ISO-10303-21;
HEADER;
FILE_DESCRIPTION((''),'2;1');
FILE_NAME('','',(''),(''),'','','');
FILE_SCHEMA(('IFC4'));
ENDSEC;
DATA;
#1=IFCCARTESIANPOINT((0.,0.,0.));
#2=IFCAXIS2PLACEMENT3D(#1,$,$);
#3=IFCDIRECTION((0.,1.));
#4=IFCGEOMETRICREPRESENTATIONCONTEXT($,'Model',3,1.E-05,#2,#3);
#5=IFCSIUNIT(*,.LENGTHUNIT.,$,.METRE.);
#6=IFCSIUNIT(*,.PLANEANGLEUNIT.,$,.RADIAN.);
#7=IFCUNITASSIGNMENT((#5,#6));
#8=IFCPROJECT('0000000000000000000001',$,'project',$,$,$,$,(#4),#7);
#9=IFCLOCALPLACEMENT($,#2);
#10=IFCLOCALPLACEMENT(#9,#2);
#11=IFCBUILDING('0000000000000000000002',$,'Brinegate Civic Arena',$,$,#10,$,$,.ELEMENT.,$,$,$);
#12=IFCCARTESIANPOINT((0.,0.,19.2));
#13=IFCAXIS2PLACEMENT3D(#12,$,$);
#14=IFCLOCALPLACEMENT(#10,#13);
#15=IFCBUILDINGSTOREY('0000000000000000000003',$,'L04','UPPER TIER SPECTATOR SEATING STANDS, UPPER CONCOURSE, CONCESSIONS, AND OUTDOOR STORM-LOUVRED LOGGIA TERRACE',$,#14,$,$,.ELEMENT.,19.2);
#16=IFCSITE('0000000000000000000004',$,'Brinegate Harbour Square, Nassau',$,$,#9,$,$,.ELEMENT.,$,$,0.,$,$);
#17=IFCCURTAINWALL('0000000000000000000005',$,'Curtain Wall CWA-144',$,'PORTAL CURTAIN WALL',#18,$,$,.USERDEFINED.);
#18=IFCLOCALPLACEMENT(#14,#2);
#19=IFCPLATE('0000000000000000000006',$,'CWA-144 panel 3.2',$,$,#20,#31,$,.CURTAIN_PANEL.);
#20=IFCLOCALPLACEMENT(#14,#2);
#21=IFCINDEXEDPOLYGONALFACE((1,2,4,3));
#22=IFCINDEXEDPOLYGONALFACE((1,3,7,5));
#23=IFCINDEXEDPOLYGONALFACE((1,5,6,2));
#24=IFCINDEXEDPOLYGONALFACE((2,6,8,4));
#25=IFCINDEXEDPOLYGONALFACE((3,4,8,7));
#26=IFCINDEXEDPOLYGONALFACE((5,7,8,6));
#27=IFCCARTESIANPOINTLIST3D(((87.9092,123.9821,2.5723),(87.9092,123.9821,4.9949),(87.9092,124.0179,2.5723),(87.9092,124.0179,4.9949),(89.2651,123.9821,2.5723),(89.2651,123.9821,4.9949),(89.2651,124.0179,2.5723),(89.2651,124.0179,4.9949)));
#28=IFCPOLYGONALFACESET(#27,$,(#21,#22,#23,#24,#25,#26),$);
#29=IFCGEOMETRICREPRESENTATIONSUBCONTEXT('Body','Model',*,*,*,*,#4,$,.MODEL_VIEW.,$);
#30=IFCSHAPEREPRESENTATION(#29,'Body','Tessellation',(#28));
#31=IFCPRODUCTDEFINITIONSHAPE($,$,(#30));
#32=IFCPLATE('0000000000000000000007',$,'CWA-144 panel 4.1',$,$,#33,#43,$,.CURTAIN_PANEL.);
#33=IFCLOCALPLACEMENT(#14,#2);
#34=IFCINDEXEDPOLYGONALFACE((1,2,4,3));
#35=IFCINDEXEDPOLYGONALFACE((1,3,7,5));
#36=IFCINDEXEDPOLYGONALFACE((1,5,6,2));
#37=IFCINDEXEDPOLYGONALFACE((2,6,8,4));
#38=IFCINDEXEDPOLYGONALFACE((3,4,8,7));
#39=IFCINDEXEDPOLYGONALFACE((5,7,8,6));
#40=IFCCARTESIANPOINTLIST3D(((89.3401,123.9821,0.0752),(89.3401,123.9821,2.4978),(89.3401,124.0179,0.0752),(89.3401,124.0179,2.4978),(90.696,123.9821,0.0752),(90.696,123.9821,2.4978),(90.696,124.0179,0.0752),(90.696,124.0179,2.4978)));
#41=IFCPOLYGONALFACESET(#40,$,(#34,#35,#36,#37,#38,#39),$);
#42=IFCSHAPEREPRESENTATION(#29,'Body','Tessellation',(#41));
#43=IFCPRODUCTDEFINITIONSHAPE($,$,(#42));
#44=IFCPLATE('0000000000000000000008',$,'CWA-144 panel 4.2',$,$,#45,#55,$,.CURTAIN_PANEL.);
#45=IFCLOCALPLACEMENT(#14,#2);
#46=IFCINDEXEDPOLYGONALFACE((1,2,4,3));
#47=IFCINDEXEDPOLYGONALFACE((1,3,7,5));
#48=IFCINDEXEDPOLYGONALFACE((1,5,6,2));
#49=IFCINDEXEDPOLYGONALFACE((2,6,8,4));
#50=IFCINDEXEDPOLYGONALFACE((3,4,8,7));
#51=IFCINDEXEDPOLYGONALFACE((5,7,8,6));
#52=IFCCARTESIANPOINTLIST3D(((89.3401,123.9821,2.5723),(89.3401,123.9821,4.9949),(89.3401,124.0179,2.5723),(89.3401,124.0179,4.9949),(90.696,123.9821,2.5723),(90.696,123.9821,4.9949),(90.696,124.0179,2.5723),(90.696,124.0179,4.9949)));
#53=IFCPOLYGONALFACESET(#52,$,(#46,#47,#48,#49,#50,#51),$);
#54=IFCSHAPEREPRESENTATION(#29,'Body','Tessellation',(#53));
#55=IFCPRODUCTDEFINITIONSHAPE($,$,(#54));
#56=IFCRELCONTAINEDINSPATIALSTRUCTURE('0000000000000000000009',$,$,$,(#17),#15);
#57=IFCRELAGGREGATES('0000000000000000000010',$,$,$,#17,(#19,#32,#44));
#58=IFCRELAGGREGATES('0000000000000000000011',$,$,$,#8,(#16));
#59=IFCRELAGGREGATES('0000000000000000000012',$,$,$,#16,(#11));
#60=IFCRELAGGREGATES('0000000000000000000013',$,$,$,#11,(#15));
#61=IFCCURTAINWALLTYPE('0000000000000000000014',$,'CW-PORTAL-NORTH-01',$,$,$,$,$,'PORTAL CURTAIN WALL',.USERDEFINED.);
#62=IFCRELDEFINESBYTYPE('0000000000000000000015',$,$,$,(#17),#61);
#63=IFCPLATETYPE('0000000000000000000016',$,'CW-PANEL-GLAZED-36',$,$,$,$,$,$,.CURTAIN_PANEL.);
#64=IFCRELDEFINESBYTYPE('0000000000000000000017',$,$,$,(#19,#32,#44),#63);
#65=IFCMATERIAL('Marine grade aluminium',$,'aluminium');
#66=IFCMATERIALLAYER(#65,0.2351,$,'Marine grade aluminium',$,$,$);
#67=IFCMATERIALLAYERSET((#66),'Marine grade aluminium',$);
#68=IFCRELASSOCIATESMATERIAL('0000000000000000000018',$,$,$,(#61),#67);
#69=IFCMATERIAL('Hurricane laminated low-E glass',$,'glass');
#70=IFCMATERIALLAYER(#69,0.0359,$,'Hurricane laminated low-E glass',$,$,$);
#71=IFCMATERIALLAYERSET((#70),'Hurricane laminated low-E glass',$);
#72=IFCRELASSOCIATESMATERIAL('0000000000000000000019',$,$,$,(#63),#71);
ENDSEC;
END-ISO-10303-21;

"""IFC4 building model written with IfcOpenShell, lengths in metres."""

from ifc_helpers import new_model, si_unit, direction, frame, origin, origin_2d, place, context, subcontext, project, spatial, rectangle, extrude, material, layer, layer_set, type_object, element, aggregate, save


model = new_model("IFC4")

# Units and contexts
model_context = context("Model", 3, precision=1e-05, world=origin(), true_north=direction((0.0, 1.0)))
body_context = subcontext(model_context, "Body", "Model", "MODEL_VIEW")
ifc_project = project(units=[si_unit("LENGTHUNIT", "METRE"), si_unit("PLANEANGLEUNIT", "RADIAN")], contexts=[model_context])

# Site, building, storey
site_placement = place(None, origin())
site = spatial("IfcSite", under=ifc_project, at=site_placement, Name="Brinegate Harbour Square, Nassau", CompositionType="ELEMENT", RefElevation=0.0)
building_placement = place(site_placement, origin())
building = spatial("IfcBuilding", under=site, at=building_placement, Name="Brinegate Civic Arena", CompositionType="ELEMENT")
storey_placement = place(building_placement, frame((0.0, 0.0, 19.2)))
storey = spatial("IfcBuildingStorey", under=building, at=storey_placement, Name="L04", Description="UPPER TIER SPECTATOR SEATING STANDS, UPPER CONCOURSE, CONCESSIONS, AND OUTDOOR STORM-LOUVRED LOGGIA TERRACE", CompositionType="ELEMENT", Elevation=19.2)

# Curtain wall, plates
ifc_material_1 = material(Name="Marine grade aluminium", Category="aluminium")
ifc_layer_1 = layer(ifc_material_1, 0.2351, Name="Marine grade aluminium")
ifc_layer_set_1 = layer_set([ifc_layer_1], Name="Marine grade aluminium")
curtain_wall_type = type_object("IfcCurtainWallType", Name="CW-PORTAL-NORTH-01", ElementType="PORTAL CURTAIN WALL", PredefinedType="USERDEFINED", material=ifc_layer_set_1)
curtain_wall_placement = place(storey_placement, origin())
curtain_wall = element("IfcCurtainWall", 1, at=curtain_wall_placement, inside=storey, type_object=curtain_wall_type, Name="Curtain Wall CWA-144", ObjectType="PORTAL CURTAIN WALL", PredefinedType="USERDEFINED")
ifc_material_2 = material(Name="Hurricane laminated low-E glass", Category="glass")
ifc_layer_2 = layer(ifc_material_2, 0.0359, Name="Hurricane laminated low-E glass")
ifc_layer_set_2 = layer_set([ifc_layer_2], Name="Hurricane laminated low-E glass")
plate_type = type_object("IfcPlateType", Name="CW-PANEL-GLAZED-36", PredefinedType="CURTAIN_PANEL", material=ifc_layer_set_2)
plate_1_placement = place(storey_placement, frame((88.5872, 124.0, 2.5723), z_axis=(0.0, 0.0, 1.0), x_axis=(1.0, 0.0, 0.0)))
plate_1 = element("IfcPlate", 2, at=plate_1_placement, type_object=plate_type, Name="CWA-144 panel 3.2", PredefinedType="CURTAIN_PANEL", context=body_context, shape_type="SweptSolid", body=[
    extrude(rectangle(XDim=1.356, YDim=0.0359, at=origin_2d()), origin(), (0.0, 0.0, 1.0), 2.4226),
])
plate_2_placement = place(storey_placement, frame((90.0181, 124.0, 0.0752), z_axis=(0.0, 0.0, 1.0), x_axis=(1.0, 0.0, 0.0)))
plate_2 = element("IfcPlate", 3, at=plate_2_placement, type_object=plate_type, Name="CWA-144 panel 4.1", PredefinedType="CURTAIN_PANEL", context=body_context, shape_type="SweptSolid", body=[
    extrude(rectangle(XDim=1.356, YDim=0.0359, at=origin_2d()), origin(), (0.0, 0.0, 1.0), 2.4226),
])
plate_3_placement = place(storey_placement, frame((90.0181, 124.0, 2.5723), z_axis=(0.0, 0.0, 1.0), x_axis=(1.0, 0.0, 0.0)))
plate_3 = element("IfcPlate", 4, at=plate_3_placement, type_object=plate_type, Name="CWA-144 panel 4.2", PredefinedType="CURTAIN_PANEL", context=body_context, shape_type="SweptSolid", body=[
    extrude(rectangle(XDim=1.356, YDim=0.0359, at=origin_2d()), origin(), (0.0, 0.0, 1.0), 2.4226),
])
aggregate(curtain_wall, [plate_1, plate_2, plate_3])

save(model, "model.ifc")
